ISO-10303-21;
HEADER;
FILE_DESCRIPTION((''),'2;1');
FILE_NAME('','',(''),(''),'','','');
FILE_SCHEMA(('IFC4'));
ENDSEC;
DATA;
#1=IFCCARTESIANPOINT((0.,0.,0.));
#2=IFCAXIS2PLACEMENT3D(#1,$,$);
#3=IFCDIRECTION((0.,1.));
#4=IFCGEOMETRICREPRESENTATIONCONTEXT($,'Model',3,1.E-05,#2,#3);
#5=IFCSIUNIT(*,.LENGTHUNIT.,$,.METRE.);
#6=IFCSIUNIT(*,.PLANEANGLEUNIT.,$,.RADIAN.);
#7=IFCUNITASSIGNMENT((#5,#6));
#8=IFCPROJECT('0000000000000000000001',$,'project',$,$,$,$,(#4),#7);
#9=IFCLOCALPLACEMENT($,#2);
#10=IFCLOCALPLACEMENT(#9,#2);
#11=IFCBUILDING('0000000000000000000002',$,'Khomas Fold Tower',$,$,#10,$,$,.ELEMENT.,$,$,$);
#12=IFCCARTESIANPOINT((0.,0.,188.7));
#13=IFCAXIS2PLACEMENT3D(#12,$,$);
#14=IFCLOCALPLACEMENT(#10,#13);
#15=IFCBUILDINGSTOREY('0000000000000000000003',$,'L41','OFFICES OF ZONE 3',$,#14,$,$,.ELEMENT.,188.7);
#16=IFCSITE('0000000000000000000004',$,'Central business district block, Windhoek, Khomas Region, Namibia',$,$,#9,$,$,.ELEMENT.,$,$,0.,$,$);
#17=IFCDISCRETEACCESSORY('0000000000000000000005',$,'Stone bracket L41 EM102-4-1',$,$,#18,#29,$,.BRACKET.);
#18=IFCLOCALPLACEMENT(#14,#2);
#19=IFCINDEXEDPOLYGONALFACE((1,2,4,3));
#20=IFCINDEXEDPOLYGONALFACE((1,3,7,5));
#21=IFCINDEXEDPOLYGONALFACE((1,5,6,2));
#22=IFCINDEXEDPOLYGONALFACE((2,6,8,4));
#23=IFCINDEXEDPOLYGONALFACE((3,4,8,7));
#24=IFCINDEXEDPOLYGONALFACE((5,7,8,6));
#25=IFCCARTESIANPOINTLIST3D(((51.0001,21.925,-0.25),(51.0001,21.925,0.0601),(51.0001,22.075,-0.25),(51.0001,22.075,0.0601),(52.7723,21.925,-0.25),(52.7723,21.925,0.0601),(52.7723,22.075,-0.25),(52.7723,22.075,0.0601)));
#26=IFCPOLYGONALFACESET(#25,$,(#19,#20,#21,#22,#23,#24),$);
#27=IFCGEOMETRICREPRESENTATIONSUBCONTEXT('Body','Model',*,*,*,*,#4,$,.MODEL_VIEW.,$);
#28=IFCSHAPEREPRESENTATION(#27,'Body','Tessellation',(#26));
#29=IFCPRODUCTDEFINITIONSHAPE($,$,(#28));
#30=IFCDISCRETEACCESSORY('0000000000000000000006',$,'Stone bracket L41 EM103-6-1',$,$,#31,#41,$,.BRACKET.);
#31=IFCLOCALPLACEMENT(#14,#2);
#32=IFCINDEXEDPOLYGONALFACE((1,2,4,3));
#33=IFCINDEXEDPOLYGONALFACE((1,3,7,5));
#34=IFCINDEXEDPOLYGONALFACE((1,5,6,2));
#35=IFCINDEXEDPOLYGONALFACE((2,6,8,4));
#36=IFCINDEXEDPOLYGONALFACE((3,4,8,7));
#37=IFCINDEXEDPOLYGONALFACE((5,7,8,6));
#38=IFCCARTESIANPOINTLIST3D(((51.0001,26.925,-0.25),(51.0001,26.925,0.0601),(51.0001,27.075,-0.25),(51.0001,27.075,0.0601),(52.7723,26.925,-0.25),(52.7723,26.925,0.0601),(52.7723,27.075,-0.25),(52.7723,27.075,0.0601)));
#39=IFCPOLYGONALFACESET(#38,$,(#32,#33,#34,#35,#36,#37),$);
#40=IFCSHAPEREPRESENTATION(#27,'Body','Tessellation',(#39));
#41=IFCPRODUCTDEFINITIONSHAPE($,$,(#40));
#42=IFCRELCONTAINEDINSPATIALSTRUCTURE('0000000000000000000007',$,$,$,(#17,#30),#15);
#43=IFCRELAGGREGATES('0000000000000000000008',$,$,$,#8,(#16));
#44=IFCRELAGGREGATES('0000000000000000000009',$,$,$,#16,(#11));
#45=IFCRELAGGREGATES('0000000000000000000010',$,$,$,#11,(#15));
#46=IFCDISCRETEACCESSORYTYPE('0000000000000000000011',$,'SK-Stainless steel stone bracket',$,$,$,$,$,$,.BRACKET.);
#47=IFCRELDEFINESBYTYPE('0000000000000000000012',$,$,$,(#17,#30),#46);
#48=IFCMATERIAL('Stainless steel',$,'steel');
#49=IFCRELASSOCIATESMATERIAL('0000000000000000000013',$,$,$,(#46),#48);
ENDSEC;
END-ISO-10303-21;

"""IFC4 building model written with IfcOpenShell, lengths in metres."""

from ifc_helpers import new_model, si_unit, direction, frame, origin, origin_2d, place, context, subcontext, project, spatial, rectangle, extrude, source, transform, mapped, material, type_object, element, save


model = new_model("IFC4")

# Units and contexts
model_context = context("Model", 3, precision=1e-05, world=origin(), true_north=direction((0.0, 1.0)))
body_context = subcontext(model_context, "Body", "Model", "MODEL_VIEW")
ifc_project = project(units=[si_unit("LENGTHUNIT", "METRE"), si_unit("PLANEANGLEUNIT", "RADIAN")], contexts=[model_context])

# Site, building, storey
site_placement = place(None, origin())
site = spatial("IfcSite", under=ifc_project, at=site_placement, Name="Central business district block, Windhoek, Khomas Region, Namibia", CompositionType="ELEMENT", RefElevation=0.0)
building_placement = place(site_placement, origin())
building = spatial("IfcBuilding", under=site, at=building_placement, Name="Khomas Fold Tower", CompositionType="ELEMENT")
storey_placement = place(building_placement, frame((0.0, 0.0, 188.7)))
storey = spatial("IfcBuildingStorey", under=building, at=storey_placement, Name="L41", Description="OFFICES OF ZONE 3", CompositionType="ELEMENT", Elevation=188.7)

# Discrete accessories
ifc_material_1 = material(Name="Stainless steel", Category="steel")
discrete_accessory_type = type_object("IfcDiscreteAccessoryType", Name="SK-Stainless steel stone bracket", PredefinedType="BRACKET", material=ifc_material_1)
shared_shape_1 = source(origin(), body_context, "Body", "SweptSolid", [
    extrude(rectangle(XDim=1.7722, YDim=0.1499, at=origin_2d()), origin(), (0.0, 0.0, 1.0), 0.3101),
])
for number, where, z_axis, x_axis, name in (
    (1, (51.8862, 22.0, -0.25), (0.0, 0.0, 1.0), (1.0, 0.0, 0.0), "Stone bracket L41 EM102-4-1"),
    (2, (51.8862, 27.0, -0.25), (0.0, 0.0, 1.0), (1.0, 0.0, 0.0), "Stone bracket L41 EM103-6-1"),
):
    element("IfcDiscreteAccessory", number, at=place(storey_placement, frame(where, z_axis=z_axis, x_axis=x_axis)), inside=storey, type_object=discrete_accessory_type, Name=name, PredefinedType="BRACKET", context=body_context, shape_type="MappedRepresentation", body=[
        mapped(shared_shape_1, transform((0.0, 0.0, 0.0))),
    ])

save(model, "model.ifc")
